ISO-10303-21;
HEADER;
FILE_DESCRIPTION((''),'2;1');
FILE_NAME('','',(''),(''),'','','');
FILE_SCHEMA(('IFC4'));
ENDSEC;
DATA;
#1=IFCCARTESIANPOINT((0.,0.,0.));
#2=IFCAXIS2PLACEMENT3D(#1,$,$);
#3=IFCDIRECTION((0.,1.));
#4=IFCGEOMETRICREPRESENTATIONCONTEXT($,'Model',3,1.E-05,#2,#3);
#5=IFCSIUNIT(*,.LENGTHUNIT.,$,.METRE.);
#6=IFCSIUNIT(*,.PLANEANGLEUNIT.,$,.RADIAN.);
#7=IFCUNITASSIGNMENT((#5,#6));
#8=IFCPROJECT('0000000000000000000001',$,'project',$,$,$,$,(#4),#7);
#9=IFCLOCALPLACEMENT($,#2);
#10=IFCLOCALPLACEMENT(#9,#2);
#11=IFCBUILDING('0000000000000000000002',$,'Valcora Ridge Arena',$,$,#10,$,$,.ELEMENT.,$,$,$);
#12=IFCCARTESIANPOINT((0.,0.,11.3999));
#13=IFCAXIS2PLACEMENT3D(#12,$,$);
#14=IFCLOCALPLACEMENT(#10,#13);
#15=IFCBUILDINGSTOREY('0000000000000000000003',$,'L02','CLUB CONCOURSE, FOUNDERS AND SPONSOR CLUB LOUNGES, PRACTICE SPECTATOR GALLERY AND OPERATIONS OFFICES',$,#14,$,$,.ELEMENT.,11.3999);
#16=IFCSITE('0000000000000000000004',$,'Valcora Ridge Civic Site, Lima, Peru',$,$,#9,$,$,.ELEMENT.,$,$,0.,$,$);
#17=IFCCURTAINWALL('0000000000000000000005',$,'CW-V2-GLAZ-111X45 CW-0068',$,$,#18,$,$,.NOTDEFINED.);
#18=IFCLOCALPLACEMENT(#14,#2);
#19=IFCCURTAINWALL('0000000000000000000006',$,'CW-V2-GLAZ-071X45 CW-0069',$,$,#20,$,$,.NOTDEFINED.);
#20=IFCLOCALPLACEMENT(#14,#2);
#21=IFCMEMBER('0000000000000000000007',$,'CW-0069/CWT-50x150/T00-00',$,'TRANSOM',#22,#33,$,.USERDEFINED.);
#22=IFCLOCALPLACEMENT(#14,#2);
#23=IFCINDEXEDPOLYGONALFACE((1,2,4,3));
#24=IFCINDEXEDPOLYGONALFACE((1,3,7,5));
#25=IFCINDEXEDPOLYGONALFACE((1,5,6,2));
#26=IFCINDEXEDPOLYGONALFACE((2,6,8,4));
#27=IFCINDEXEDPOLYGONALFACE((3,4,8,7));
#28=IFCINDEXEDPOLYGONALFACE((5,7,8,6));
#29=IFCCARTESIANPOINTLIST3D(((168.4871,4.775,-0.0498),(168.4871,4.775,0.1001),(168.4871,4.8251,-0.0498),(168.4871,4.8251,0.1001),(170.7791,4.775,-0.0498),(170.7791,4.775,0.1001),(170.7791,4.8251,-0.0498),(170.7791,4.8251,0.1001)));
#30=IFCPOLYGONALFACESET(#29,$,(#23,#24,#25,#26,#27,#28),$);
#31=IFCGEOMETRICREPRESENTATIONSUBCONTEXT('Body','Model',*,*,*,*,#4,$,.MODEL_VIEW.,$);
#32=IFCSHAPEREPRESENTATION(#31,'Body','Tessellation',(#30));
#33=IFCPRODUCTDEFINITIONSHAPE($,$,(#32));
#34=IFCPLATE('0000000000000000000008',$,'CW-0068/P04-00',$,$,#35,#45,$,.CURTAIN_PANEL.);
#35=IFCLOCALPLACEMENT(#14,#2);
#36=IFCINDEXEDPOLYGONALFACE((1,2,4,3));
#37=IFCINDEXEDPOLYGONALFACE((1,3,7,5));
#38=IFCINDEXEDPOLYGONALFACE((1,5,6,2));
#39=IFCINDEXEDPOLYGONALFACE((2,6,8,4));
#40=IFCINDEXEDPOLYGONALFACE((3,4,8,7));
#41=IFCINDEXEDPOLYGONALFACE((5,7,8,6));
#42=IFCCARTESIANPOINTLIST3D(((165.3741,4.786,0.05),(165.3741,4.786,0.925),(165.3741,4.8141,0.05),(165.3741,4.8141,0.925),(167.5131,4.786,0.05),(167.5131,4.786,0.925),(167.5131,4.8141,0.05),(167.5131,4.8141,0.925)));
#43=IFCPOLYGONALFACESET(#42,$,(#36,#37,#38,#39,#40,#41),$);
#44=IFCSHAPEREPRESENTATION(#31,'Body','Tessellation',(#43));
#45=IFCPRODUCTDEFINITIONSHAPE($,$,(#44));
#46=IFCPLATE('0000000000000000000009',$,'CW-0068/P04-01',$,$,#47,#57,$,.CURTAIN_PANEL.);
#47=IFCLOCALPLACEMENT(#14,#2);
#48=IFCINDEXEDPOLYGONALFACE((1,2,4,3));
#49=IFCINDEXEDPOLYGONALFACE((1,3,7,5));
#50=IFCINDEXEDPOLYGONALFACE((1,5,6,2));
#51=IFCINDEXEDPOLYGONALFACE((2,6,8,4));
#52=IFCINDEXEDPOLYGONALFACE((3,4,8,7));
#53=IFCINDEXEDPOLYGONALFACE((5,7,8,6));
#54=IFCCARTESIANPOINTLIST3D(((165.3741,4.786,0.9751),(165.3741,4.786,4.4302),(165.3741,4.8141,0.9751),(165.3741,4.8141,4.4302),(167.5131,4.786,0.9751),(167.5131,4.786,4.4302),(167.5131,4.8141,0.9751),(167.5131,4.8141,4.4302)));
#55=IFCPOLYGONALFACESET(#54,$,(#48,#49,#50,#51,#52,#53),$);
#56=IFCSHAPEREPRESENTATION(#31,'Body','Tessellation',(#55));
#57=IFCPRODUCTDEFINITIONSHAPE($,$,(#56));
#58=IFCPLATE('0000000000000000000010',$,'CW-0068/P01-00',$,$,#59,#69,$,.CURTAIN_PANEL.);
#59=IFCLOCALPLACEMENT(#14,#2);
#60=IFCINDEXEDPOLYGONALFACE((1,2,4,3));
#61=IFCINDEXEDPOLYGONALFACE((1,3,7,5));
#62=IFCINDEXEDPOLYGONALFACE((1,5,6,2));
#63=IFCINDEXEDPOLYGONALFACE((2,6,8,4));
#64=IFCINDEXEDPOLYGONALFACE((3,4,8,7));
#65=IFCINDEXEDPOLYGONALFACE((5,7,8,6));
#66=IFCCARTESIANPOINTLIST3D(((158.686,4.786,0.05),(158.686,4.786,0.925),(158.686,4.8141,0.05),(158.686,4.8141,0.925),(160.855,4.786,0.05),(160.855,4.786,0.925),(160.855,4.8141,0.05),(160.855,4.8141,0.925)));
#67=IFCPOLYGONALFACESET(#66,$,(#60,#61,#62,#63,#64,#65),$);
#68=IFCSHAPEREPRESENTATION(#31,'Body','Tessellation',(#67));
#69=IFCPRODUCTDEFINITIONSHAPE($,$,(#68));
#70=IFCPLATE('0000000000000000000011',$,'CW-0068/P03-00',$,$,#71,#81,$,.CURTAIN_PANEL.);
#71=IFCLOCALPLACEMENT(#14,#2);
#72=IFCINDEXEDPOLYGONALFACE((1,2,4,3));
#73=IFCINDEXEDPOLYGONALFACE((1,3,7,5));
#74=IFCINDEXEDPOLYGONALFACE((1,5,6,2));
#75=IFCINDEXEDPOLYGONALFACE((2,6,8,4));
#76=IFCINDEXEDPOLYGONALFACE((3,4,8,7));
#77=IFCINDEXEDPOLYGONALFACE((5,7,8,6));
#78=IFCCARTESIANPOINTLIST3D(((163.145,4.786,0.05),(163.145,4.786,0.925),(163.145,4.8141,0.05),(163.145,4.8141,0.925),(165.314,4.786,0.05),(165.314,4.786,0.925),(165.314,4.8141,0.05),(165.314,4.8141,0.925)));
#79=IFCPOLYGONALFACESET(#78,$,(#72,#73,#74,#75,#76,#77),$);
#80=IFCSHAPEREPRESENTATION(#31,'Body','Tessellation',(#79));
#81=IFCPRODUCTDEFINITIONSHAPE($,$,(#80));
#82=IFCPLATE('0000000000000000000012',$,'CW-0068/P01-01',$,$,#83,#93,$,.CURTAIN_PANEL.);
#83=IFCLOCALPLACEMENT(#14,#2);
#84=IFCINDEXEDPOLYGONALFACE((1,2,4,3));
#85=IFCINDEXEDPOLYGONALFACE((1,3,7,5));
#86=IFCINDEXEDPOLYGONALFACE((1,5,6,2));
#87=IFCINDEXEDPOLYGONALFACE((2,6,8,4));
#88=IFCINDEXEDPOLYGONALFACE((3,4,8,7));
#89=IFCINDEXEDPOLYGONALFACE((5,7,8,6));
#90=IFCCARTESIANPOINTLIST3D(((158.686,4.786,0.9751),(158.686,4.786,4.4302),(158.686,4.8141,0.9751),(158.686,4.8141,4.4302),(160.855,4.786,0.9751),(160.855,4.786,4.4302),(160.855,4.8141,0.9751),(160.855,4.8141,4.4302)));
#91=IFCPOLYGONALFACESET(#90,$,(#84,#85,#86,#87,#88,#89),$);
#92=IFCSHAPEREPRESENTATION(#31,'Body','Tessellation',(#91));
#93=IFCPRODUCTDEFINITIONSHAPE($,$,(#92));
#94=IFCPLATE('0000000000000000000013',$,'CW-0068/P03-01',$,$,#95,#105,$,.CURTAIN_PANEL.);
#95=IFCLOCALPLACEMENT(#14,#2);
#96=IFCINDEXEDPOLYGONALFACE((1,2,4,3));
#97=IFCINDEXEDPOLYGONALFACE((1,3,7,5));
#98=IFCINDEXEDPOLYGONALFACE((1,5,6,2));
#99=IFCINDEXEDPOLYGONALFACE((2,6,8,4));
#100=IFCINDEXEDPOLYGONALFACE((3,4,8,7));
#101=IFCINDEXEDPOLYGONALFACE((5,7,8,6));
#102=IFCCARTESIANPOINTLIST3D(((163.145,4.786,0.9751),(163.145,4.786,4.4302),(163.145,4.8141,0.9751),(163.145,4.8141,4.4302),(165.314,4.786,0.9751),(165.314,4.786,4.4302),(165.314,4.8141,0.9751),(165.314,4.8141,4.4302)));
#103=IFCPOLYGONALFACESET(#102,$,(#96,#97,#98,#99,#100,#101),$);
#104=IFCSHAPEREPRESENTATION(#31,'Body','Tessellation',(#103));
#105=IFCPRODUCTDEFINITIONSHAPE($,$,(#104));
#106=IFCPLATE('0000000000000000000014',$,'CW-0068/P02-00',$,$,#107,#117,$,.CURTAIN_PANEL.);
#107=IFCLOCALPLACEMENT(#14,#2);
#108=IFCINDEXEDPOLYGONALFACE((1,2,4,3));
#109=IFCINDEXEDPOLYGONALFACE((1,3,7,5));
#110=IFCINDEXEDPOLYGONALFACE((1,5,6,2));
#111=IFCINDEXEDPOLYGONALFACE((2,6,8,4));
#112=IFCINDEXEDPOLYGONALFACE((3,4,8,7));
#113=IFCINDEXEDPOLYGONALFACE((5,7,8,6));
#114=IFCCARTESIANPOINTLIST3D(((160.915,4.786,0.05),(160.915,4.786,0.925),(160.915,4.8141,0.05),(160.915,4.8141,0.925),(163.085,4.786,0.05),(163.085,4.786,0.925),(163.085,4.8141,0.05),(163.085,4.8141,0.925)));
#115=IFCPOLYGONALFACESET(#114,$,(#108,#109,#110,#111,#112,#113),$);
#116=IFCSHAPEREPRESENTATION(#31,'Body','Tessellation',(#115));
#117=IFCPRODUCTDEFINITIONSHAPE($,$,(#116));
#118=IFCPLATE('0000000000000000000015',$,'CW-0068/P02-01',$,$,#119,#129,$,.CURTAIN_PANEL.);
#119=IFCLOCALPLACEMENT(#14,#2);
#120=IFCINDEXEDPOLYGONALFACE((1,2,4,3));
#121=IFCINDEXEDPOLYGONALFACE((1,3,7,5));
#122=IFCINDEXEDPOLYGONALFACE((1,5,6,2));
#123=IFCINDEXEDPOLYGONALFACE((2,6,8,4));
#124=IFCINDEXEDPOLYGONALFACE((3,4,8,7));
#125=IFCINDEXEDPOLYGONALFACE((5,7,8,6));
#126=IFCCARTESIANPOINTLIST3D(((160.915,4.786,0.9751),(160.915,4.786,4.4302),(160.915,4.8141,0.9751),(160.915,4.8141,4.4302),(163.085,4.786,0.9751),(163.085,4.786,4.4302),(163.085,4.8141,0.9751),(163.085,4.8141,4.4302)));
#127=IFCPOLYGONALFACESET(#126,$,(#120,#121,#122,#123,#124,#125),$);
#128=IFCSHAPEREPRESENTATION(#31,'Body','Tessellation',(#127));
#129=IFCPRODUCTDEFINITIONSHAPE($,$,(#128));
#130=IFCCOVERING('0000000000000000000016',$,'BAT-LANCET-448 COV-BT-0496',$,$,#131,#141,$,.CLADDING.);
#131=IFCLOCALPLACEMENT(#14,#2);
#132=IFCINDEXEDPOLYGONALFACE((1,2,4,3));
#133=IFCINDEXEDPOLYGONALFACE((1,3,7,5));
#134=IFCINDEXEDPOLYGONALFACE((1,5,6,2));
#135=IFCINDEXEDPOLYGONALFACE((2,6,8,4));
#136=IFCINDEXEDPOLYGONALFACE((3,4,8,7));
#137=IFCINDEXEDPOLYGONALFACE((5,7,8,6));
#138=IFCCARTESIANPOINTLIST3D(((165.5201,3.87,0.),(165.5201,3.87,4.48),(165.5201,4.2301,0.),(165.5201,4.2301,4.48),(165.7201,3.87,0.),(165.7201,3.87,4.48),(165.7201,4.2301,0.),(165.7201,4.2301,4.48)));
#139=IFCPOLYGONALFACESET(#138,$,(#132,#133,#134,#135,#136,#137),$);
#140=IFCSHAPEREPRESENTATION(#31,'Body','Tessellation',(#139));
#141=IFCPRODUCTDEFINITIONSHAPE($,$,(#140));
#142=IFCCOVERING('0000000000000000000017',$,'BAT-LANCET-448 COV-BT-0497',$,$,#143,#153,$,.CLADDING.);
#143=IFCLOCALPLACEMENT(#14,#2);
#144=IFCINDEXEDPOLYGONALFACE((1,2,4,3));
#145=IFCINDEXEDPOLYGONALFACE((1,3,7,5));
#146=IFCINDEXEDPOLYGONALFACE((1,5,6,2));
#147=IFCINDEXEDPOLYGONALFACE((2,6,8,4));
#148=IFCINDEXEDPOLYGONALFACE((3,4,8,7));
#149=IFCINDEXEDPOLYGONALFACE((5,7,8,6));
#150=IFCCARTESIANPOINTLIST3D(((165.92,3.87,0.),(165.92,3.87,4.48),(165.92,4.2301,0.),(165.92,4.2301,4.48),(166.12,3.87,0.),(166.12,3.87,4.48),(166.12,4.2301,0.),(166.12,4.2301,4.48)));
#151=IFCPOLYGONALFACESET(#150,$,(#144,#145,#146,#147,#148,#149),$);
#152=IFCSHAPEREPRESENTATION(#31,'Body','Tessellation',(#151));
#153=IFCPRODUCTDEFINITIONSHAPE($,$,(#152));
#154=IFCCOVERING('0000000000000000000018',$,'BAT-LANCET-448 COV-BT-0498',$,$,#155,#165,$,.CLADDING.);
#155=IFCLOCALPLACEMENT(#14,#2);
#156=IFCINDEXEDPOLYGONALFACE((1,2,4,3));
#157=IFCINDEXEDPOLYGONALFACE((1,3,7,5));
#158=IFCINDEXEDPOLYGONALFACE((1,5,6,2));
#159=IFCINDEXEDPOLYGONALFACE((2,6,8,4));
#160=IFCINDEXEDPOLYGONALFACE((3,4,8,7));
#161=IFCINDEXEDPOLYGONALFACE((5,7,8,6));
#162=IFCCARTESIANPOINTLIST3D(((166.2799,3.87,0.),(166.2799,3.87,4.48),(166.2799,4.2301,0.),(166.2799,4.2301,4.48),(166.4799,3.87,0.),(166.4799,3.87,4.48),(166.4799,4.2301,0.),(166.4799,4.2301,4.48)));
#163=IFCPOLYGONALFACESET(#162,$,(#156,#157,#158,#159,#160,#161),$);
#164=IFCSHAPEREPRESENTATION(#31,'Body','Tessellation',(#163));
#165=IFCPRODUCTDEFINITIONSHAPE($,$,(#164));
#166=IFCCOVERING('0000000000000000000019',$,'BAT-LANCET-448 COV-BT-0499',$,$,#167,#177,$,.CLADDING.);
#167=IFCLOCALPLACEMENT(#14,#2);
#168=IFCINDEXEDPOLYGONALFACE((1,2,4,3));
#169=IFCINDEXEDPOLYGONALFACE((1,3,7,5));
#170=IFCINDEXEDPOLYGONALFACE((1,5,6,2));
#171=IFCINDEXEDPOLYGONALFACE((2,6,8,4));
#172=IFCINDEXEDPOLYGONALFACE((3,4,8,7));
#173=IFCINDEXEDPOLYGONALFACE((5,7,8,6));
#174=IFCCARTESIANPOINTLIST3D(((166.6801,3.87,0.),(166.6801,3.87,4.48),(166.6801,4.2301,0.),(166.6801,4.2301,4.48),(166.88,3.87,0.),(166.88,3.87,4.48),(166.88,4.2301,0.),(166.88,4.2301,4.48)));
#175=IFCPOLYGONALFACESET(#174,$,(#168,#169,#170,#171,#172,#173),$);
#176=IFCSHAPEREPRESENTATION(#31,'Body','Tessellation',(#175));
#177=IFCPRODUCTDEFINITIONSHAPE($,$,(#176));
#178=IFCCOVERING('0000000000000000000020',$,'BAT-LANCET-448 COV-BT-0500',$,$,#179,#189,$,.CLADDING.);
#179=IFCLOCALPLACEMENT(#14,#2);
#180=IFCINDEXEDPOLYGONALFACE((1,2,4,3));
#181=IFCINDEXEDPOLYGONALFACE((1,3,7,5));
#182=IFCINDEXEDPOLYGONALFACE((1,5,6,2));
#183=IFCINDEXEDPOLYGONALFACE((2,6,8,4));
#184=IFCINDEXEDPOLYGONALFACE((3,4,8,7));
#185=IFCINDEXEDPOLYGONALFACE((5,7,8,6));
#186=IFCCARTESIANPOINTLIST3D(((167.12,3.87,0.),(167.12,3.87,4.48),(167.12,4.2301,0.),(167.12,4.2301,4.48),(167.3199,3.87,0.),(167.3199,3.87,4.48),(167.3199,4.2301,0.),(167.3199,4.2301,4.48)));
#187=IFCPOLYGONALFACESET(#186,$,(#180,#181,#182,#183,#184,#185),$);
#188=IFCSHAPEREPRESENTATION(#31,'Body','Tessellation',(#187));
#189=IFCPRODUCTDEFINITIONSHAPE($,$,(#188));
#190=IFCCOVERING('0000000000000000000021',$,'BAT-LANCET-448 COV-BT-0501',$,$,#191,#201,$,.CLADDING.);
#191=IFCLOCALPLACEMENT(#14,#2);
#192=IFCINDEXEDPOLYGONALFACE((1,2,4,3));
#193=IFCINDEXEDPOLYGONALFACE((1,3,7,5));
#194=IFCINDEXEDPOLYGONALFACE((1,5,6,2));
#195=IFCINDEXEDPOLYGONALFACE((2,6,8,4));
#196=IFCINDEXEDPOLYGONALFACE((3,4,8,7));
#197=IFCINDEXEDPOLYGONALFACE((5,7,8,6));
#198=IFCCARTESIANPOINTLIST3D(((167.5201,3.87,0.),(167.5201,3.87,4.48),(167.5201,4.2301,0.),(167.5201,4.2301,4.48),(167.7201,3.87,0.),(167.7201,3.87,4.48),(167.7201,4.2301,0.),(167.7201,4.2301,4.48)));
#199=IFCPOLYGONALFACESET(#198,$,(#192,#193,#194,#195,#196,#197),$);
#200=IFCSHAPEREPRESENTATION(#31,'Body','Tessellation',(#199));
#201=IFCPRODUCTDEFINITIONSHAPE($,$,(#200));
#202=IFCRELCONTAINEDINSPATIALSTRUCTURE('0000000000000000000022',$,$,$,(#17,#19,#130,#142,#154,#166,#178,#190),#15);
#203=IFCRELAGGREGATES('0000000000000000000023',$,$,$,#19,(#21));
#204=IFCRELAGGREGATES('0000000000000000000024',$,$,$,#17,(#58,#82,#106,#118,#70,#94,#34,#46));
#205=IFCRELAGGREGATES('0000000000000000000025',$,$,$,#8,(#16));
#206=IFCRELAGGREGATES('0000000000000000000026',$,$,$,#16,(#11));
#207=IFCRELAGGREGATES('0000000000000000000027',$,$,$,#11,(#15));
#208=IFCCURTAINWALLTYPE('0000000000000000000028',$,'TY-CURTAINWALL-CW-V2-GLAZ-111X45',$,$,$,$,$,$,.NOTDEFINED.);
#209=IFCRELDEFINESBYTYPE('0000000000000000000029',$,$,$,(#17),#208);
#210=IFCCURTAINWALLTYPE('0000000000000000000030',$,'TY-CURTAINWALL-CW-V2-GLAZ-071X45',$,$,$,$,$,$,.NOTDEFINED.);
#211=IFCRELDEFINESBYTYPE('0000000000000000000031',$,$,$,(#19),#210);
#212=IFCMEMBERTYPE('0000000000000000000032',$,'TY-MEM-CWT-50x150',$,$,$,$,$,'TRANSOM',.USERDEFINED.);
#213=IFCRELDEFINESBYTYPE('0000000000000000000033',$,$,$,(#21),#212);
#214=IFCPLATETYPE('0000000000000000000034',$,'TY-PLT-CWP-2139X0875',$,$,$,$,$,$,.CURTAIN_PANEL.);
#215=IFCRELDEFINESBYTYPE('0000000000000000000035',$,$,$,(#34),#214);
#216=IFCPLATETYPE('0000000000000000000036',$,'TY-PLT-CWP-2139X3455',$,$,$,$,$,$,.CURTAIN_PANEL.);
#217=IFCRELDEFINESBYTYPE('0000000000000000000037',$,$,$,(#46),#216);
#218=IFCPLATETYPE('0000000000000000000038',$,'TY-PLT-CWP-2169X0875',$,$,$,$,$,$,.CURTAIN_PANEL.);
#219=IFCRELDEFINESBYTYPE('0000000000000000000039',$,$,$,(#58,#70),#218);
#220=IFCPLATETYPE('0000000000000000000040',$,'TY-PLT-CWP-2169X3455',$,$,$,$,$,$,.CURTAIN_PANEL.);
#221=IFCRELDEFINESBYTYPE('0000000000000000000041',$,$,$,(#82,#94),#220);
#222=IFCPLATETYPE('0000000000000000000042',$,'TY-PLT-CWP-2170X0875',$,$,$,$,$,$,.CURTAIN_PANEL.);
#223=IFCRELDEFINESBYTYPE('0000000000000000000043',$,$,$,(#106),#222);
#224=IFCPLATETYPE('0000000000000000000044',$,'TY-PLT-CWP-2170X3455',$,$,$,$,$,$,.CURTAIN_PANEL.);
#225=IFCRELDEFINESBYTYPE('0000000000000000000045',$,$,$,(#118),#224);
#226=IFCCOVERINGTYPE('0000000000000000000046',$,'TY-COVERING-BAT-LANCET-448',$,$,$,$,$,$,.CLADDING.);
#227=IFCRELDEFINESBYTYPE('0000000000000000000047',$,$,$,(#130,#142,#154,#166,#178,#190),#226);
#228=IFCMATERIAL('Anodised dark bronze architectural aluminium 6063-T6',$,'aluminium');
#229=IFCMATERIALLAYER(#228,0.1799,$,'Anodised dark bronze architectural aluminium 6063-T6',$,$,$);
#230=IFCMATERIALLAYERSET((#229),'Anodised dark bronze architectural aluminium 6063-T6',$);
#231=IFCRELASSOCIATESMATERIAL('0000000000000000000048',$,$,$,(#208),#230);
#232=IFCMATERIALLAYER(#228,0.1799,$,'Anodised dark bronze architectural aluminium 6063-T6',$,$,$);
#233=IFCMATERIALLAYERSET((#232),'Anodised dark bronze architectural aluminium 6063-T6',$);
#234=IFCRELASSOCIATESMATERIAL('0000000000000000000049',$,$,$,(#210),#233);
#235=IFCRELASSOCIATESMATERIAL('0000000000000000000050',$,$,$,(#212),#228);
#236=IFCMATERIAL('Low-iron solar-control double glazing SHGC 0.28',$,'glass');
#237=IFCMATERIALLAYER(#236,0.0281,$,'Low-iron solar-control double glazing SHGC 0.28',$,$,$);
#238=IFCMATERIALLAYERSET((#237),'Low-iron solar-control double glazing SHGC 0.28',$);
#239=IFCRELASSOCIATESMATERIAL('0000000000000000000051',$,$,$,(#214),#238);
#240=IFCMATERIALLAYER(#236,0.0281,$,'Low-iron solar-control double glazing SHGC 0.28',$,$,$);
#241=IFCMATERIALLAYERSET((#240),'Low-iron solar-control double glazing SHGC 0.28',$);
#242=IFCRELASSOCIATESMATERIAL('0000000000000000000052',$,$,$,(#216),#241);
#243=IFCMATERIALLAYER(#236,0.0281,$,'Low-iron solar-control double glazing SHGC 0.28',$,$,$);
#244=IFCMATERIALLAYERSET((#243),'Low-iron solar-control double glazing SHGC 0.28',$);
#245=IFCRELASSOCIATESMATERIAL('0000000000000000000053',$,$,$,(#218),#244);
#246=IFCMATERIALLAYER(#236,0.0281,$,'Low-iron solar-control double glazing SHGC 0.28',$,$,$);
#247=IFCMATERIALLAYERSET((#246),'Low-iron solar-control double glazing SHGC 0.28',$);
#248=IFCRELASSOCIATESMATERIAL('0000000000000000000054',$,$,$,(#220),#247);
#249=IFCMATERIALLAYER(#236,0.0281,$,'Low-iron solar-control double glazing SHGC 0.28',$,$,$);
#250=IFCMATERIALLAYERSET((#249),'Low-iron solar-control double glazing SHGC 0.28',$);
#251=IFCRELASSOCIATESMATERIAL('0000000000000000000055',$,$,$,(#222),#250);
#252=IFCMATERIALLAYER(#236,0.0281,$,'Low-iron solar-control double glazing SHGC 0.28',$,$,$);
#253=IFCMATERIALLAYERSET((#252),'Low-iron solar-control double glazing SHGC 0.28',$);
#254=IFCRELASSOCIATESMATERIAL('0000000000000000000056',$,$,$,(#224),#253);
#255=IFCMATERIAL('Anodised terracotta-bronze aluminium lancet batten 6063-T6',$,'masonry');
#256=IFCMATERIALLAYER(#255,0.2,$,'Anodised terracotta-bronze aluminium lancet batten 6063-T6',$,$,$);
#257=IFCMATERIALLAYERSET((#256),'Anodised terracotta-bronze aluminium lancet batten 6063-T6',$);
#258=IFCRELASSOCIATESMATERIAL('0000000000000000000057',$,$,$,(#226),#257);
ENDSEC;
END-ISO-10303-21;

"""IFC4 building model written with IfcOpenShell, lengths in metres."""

from ifc_helpers import new_model, si_unit, direction, frame, origin, origin_2d, place, context, subcontext, project, spatial, rectangle, extrude, material, layer, layer_set, material_profile, profile_set, type_object, element, aggregate, save


model = new_model("IFC4")

# Units and contexts
model_context = context("Model", 3, precision=1e-05, world=origin(), true_north=direction((0.0, 1.0)))
body_context = subcontext(model_context, "Body", "Model", "MODEL_VIEW")
ifc_project = project(units=[si_unit("LENGTHUNIT", "METRE"), si_unit("PLANEANGLEUNIT", "RADIAN")], contexts=[model_context])

# Site, building, storey
site_placement = place(None, origin())
site = spatial("IfcSite", under=ifc_project, at=site_placement, Name="Valcora Ridge Civic Site, Lima, Peru", CompositionType="ELEMENT", RefElevation=0.0)
building_placement = place(site_placement, origin())
building = spatial("IfcBuilding", under=site, at=building_placement, Name="Valcora Ridge Arena", CompositionType="ELEMENT")
storey_placement = place(building_placement, frame((0.0, 0.0, 11.3999)))
storey = spatial("IfcBuildingStorey", under=building, at=storey_placement, Name="L02", Description="CLUB CONCOURSE, FOUNDERS AND SPONSOR CLUB LOUNGES, PRACTICE SPECTATOR GALLERY AND OPERATIONS OFFICES", CompositionType="ELEMENT", Elevation=11.3999)

# Curtain wall
ifc_material_1 = material(Name="Anodised dark bronze architectural aluminium 6063-T6", Category="aluminium")
ifc_layer_1 = layer(ifc_material_1, 0.1799, Name="Anodised dark bronze architectural aluminium 6063-T6")
ifc_layer_set_1 = layer_set([ifc_layer_1], Name="Anodised dark bronze architectural aluminium 6063-T6")
curtain_wall_type_1 = type_object("IfcCurtainWallType", Name="TY-CURTAINWALL-CW-V2-GLAZ-111X45", PredefinedType="NOTDEFINED", material=ifc_layer_set_1)
curtain_wall_1_placement = place(storey_placement, origin())
curtain_wall_1 = element("IfcCurtainWall", 1, at=curtain_wall_1_placement, inside=storey, type_object=curtain_wall_type_1, Name="CW-V2-GLAZ-111X45 CW-0068", PredefinedType="NOTDEFINED")

# Curtain wall
ifc_layer_2 = layer(ifc_material_1, 0.1799, Name="Anodised dark bronze architectural aluminium 6063-T6")
ifc_layer_set_2 = layer_set([ifc_layer_2], Name="Anodised dark bronze architectural aluminium 6063-T6")
curtain_wall_type_2 = type_object("IfcCurtainWallType", Name="TY-CURTAINWALL-CW-V2-GLAZ-071X45", PredefinedType="NOTDEFINED", material=ifc_layer_set_2)
curtain_wall_2_placement = place(storey_placement, origin())
curtain_wall_2 = element("IfcCurtainWall", 2, at=curtain_wall_2_placement, inside=storey, type_object=curtain_wall_type_2, Name="CW-V2-GLAZ-071X45 CW-0069", PredefinedType="NOTDEFINED")

# Member
ifc_material_profile_1 = material_profile(ifc_material_1, rectangle(XDim=0.05, YDim=0.1499, at=origin_2d()), Name="ALU TRANSOM 50x150")
ifc_profile_set_1 = profile_set([ifc_material_profile_1], Name="Anodised dark bronze architectural aluminium 6063-T6")
member_type_1 = type_object("IfcMemberType", Name="TY-MEM-CWT-50x150", ElementType="TRANSOM", PredefinedType="USERDEFINED", material=ifc_profile_set_1)
member_1_placement = place(storey_placement, frame((168.4871, 4.8, 0.0251), z_axis=(1.0, 0.0, 0.0), x_axis=(0.0, 1.0, 0.0)))
member_1 = element("IfcMember", 3, at=member_1_placement, type_object=member_type_1, Name="CW-0069/CWT-50x150/T00-00", ObjectType="TRANSOM", PredefinedType="USERDEFINED", context=body_context, shape_type="SweptSolid", body=[
    extrude(rectangle(XDim=0.05, YDim=0.1499, at=origin_2d()), origin(), (0.0, 0.0, 1.0), 2.292),
])
aggregate(curtain_wall_2, [member_1])

# Plates
ifc_material_2 = material(Name="Low-iron solar-control double glazing SHGC 0.28", Category="glass")
ifc_layer_3 = layer(ifc_material_2, 0.0281, Name="Low-iron solar-control double glazing SHGC 0.28")
ifc_layer_set_3 = layer_set([ifc_layer_3], Name="Low-iron solar-control double glazing SHGC 0.28")
plate_type_1 = type_object("IfcPlateType", Name="TY-PLT-CWP-2139X0875", PredefinedType="CURTAIN_PANEL", material=ifc_layer_set_3)
plate_1_placement = place(storey_placement, frame((166.4436, 4.8, 0.05), z_axis=(0.0, 0.0, 1.0), x_axis=(1.0, 0.0, 0.0)))
plate_1 = element("IfcPlate", 4, at=plate_1_placement, type_object=plate_type_1, Name="CW-0068/P04-00", PredefinedType="CURTAIN_PANEL", context=body_context, shape_type="SweptSolid", body=[
    extrude(rectangle(XDim=2.1389, YDim=0.0281, at=origin_2d()), origin(), (0.0, 0.0, 1.0), 0.875),
])
ifc_layer_4 = layer(ifc_material_2, 0.0281, Name="Low-iron solar-control double glazing SHGC 0.28")
ifc_layer_set_4 = layer_set([ifc_layer_4], Name="Low-iron solar-control double glazing SHGC 0.28")
plate_type_2 = type_object("IfcPlateType", Name="TY-PLT-CWP-2139X3455", PredefinedType="CURTAIN_PANEL", material=ifc_layer_set_4)
plate_2_placement = place(storey_placement, frame((166.4436, 4.8, 0.9751), z_axis=(0.0, 0.0, 1.0), x_axis=(1.0, 0.0, 0.0)))
plate_2 = element("IfcPlate", 5, at=plate_2_placement, type_object=plate_type_2, Name="CW-0068/P04-01", PredefinedType="CURTAIN_PANEL", context=body_context, shape_type="SweptSolid", body=[
    extrude(rectangle(XDim=2.1389, YDim=0.0281, at=origin_2d()), origin(), (0.0, 0.0, 1.0), 3.4551),
])
ifc_layer_5 = layer(ifc_material_2, 0.0281, Name="Low-iron solar-control double glazing SHGC 0.28")
ifc_layer_set_5 = layer_set([ifc_layer_5], Name="Low-iron solar-control double glazing SHGC 0.28")
plate_type_3 = type_object("IfcPlateType", Name="TY-PLT-CWP-2169X0875", PredefinedType="CURTAIN_PANEL", material=ifc_layer_set_5)
plate_3_placement = place(storey_placement, frame((159.7705, 4.8, 0.05), z_axis=(0.0, 0.0, 1.0), x_axis=(1.0, 0.0, 0.0)))
plate_3 = element("IfcPlate", 6, at=plate_3_placement, type_object=plate_type_3, Name="CW-0068/P01-00", PredefinedType="CURTAIN_PANEL", context=body_context, shape_type="SweptSolid", body=[
    extrude(rectangle(XDim=2.1689, YDim=0.0281, at=origin_2d()), origin(), (0.0, 0.0, 1.0), 0.875),
])
plate_4_placement = place(storey_placement, frame((164.2295, 4.8, 0.05), z_axis=(0.0, 0.0, 1.0), x_axis=(1.0, 0.0, 0.0)))
plate_4 = element("IfcPlate", 7, at=plate_4_placement, type_object=plate_type_3, Name="CW-0068/P03-00", PredefinedType="CURTAIN_PANEL", context=body_context, shape_type="SweptSolid", body=[
    extrude(rectangle(XDim=2.1689, YDim=0.0281, at=origin_2d()), origin(), (0.0, 0.0, 1.0), 0.875),
])
ifc_layer_6 = layer(ifc_material_2, 0.0281, Name="Low-iron solar-control double glazing SHGC 0.28")
ifc_layer_set_6 = layer_set([ifc_layer_6], Name="Low-iron solar-control double glazing SHGC 0.28")
plate_type_4 = type_object("IfcPlateType", Name="TY-PLT-CWP-2169X3455", PredefinedType="CURTAIN_PANEL", material=ifc_layer_set_6)
plate_5_placement = place(storey_placement, frame((159.7705, 4.8, 0.9751), z_axis=(0.0, 0.0, 1.0), x_axis=(1.0, 0.0, 0.0)))
plate_5 = element("IfcPlate", 8, at=plate_5_placement, type_object=plate_type_4, Name="CW-0068/P01-01", PredefinedType="CURTAIN_PANEL", context=body_context, shape_type="SweptSolid", body=[
    extrude(rectangle(XDim=2.1689, YDim=0.0281, at=origin_2d()), origin(), (0.0, 0.0, 1.0), 3.4551),
])
plate_6_placement = place(storey_placement, frame((164.2295, 4.8, 0.9751), z_axis=(0.0, 0.0, 1.0), x_axis=(1.0, 0.0, 0.0)))
plate_6 = element("IfcPlate", 9, at=plate_6_placement, type_object=plate_type_4, Name="CW-0068/P03-01", PredefinedType="CURTAIN_PANEL", context=body_context, shape_type="SweptSolid", body=[
    extrude(rectangle(XDim=2.1689, YDim=0.0281, at=origin_2d()), origin(), (0.0, 0.0, 1.0), 3.4551),
])
ifc_layer_7 = layer(ifc_material_2, 0.0281, Name="Low-iron solar-control double glazing SHGC 0.28")
ifc_layer_set_7 = layer_set([ifc_layer_7], Name="Low-iron solar-control double glazing SHGC 0.28")
plate_type_5 = type_object("IfcPlateType", Name="TY-PLT-CWP-2170X0875", PredefinedType="CURTAIN_PANEL", material=ifc_layer_set_7)
plate_7_placement = place(storey_placement, frame((162.0, 4.8, 0.05), z_axis=(0.0, 0.0, 1.0), x_axis=(1.0, 0.0, 0.0)))
plate_7 = element("IfcPlate", 10, at=plate_7_placement, type_object=plate_type_5, Name="CW-0068/P02-00", PredefinedType="CURTAIN_PANEL", context=body_context, shape_type="SweptSolid", body=[
    extrude(rectangle(XDim=2.1699, YDim=0.0281, at=origin_2d()), origin(), (0.0, 0.0, 1.0), 0.875),
])
ifc_layer_8 = layer(ifc_material_2, 0.0281, Name="Low-iron solar-control double glazing SHGC 0.28")
ifc_layer_set_8 = layer_set([ifc_layer_8], Name="Low-iron solar-control double glazing SHGC 0.28")
plate_type_6 = type_object("IfcPlateType", Name="TY-PLT-CWP-2170X3455", PredefinedType="CURTAIN_PANEL", material=ifc_layer_set_8)
plate_8_placement = place(storey_placement, frame((162.0, 4.8, 0.9751), z_axis=(0.0, 0.0, 1.0), x_axis=(1.0, 0.0, 0.0)))
plate_8 = element("IfcPlate", 11, at=plate_8_placement, type_object=plate_type_6, Name="CW-0068/P02-01", PredefinedType="CURTAIN_PANEL", context=body_context, shape_type="SweptSolid", body=[
    extrude(rectangle(XDim=2.1699, YDim=0.0281, at=origin_2d()), origin(), (0.0, 0.0, 1.0), 3.4551),
])
aggregate(curtain_wall_1, [plate_3, plate_5, plate_7, plate_8, plate_4, plate_6, plate_1, plate_2])

# Coverings
ifc_material_3 = material(Name="Anodised terracotta-bronze aluminium lancet batten 6063-T6", Category="masonry")
ifc_layer_9 = layer(ifc_material_3, 0.2, Name="Anodised terracotta-bronze aluminium lancet batten 6063-T6")
ifc_layer_set_9 = layer_set([ifc_layer_9], Name="Anodised terracotta-bronze aluminium lancet batten 6063-T6")
covering_type = type_object("IfcCoveringType", Name="TY-COVERING-BAT-LANCET-448", PredefinedType="CLADDING", material=ifc_layer_set_9)
for number, where, z_axis, x_axis, name in (
    (12, (165.6201, 4.05, 0.0), (0.0, 0.0, 1.0), (1.0, 0.0, 0.0), "BAT-LANCET-448 COV-BT-0496"),
    (13, (166.02, 4.05, 0.0), (0.0, 0.0, 1.0), (1.0, 0.0, 0.0), "BAT-LANCET-448 COV-BT-0497"),
    (14, (166.3799, 4.05, 0.0), (0.0, 0.0, 1.0), (1.0, 0.0, 0.0), "BAT-LANCET-448 COV-BT-0498"),
    (15, (166.78, 4.05, 0.0), (0.0, 0.0, 1.0), (1.0, 0.0, 0.0), "BAT-LANCET-448 COV-BT-0499"),
    (16, (167.22, 4.05, 0.0), (0.0, 0.0, 1.0), (1.0, 0.0, 0.0), "BAT-LANCET-448 COV-BT-0500"),
    (17, (167.6201, 4.05, 0.0), (0.0, 0.0, 1.0), (1.0, 0.0, 0.0), "BAT-LANCET-448 COV-BT-0501"),
):
    element("IfcCovering", number, at=place(storey_placement, frame(where, z_axis=z_axis, x_axis=x_axis)), inside=storey, type_object=covering_type, Name=name, PredefinedType="CLADDING", context=body_context, shape_type="SweptSolid", body=[
        extrude(rectangle(XDim=0.2, YDim=0.3601, at=origin_2d()), origin(), (0.0, 0.0, 1.0), 4.48),
    ])

save(model, "model.ifc")
